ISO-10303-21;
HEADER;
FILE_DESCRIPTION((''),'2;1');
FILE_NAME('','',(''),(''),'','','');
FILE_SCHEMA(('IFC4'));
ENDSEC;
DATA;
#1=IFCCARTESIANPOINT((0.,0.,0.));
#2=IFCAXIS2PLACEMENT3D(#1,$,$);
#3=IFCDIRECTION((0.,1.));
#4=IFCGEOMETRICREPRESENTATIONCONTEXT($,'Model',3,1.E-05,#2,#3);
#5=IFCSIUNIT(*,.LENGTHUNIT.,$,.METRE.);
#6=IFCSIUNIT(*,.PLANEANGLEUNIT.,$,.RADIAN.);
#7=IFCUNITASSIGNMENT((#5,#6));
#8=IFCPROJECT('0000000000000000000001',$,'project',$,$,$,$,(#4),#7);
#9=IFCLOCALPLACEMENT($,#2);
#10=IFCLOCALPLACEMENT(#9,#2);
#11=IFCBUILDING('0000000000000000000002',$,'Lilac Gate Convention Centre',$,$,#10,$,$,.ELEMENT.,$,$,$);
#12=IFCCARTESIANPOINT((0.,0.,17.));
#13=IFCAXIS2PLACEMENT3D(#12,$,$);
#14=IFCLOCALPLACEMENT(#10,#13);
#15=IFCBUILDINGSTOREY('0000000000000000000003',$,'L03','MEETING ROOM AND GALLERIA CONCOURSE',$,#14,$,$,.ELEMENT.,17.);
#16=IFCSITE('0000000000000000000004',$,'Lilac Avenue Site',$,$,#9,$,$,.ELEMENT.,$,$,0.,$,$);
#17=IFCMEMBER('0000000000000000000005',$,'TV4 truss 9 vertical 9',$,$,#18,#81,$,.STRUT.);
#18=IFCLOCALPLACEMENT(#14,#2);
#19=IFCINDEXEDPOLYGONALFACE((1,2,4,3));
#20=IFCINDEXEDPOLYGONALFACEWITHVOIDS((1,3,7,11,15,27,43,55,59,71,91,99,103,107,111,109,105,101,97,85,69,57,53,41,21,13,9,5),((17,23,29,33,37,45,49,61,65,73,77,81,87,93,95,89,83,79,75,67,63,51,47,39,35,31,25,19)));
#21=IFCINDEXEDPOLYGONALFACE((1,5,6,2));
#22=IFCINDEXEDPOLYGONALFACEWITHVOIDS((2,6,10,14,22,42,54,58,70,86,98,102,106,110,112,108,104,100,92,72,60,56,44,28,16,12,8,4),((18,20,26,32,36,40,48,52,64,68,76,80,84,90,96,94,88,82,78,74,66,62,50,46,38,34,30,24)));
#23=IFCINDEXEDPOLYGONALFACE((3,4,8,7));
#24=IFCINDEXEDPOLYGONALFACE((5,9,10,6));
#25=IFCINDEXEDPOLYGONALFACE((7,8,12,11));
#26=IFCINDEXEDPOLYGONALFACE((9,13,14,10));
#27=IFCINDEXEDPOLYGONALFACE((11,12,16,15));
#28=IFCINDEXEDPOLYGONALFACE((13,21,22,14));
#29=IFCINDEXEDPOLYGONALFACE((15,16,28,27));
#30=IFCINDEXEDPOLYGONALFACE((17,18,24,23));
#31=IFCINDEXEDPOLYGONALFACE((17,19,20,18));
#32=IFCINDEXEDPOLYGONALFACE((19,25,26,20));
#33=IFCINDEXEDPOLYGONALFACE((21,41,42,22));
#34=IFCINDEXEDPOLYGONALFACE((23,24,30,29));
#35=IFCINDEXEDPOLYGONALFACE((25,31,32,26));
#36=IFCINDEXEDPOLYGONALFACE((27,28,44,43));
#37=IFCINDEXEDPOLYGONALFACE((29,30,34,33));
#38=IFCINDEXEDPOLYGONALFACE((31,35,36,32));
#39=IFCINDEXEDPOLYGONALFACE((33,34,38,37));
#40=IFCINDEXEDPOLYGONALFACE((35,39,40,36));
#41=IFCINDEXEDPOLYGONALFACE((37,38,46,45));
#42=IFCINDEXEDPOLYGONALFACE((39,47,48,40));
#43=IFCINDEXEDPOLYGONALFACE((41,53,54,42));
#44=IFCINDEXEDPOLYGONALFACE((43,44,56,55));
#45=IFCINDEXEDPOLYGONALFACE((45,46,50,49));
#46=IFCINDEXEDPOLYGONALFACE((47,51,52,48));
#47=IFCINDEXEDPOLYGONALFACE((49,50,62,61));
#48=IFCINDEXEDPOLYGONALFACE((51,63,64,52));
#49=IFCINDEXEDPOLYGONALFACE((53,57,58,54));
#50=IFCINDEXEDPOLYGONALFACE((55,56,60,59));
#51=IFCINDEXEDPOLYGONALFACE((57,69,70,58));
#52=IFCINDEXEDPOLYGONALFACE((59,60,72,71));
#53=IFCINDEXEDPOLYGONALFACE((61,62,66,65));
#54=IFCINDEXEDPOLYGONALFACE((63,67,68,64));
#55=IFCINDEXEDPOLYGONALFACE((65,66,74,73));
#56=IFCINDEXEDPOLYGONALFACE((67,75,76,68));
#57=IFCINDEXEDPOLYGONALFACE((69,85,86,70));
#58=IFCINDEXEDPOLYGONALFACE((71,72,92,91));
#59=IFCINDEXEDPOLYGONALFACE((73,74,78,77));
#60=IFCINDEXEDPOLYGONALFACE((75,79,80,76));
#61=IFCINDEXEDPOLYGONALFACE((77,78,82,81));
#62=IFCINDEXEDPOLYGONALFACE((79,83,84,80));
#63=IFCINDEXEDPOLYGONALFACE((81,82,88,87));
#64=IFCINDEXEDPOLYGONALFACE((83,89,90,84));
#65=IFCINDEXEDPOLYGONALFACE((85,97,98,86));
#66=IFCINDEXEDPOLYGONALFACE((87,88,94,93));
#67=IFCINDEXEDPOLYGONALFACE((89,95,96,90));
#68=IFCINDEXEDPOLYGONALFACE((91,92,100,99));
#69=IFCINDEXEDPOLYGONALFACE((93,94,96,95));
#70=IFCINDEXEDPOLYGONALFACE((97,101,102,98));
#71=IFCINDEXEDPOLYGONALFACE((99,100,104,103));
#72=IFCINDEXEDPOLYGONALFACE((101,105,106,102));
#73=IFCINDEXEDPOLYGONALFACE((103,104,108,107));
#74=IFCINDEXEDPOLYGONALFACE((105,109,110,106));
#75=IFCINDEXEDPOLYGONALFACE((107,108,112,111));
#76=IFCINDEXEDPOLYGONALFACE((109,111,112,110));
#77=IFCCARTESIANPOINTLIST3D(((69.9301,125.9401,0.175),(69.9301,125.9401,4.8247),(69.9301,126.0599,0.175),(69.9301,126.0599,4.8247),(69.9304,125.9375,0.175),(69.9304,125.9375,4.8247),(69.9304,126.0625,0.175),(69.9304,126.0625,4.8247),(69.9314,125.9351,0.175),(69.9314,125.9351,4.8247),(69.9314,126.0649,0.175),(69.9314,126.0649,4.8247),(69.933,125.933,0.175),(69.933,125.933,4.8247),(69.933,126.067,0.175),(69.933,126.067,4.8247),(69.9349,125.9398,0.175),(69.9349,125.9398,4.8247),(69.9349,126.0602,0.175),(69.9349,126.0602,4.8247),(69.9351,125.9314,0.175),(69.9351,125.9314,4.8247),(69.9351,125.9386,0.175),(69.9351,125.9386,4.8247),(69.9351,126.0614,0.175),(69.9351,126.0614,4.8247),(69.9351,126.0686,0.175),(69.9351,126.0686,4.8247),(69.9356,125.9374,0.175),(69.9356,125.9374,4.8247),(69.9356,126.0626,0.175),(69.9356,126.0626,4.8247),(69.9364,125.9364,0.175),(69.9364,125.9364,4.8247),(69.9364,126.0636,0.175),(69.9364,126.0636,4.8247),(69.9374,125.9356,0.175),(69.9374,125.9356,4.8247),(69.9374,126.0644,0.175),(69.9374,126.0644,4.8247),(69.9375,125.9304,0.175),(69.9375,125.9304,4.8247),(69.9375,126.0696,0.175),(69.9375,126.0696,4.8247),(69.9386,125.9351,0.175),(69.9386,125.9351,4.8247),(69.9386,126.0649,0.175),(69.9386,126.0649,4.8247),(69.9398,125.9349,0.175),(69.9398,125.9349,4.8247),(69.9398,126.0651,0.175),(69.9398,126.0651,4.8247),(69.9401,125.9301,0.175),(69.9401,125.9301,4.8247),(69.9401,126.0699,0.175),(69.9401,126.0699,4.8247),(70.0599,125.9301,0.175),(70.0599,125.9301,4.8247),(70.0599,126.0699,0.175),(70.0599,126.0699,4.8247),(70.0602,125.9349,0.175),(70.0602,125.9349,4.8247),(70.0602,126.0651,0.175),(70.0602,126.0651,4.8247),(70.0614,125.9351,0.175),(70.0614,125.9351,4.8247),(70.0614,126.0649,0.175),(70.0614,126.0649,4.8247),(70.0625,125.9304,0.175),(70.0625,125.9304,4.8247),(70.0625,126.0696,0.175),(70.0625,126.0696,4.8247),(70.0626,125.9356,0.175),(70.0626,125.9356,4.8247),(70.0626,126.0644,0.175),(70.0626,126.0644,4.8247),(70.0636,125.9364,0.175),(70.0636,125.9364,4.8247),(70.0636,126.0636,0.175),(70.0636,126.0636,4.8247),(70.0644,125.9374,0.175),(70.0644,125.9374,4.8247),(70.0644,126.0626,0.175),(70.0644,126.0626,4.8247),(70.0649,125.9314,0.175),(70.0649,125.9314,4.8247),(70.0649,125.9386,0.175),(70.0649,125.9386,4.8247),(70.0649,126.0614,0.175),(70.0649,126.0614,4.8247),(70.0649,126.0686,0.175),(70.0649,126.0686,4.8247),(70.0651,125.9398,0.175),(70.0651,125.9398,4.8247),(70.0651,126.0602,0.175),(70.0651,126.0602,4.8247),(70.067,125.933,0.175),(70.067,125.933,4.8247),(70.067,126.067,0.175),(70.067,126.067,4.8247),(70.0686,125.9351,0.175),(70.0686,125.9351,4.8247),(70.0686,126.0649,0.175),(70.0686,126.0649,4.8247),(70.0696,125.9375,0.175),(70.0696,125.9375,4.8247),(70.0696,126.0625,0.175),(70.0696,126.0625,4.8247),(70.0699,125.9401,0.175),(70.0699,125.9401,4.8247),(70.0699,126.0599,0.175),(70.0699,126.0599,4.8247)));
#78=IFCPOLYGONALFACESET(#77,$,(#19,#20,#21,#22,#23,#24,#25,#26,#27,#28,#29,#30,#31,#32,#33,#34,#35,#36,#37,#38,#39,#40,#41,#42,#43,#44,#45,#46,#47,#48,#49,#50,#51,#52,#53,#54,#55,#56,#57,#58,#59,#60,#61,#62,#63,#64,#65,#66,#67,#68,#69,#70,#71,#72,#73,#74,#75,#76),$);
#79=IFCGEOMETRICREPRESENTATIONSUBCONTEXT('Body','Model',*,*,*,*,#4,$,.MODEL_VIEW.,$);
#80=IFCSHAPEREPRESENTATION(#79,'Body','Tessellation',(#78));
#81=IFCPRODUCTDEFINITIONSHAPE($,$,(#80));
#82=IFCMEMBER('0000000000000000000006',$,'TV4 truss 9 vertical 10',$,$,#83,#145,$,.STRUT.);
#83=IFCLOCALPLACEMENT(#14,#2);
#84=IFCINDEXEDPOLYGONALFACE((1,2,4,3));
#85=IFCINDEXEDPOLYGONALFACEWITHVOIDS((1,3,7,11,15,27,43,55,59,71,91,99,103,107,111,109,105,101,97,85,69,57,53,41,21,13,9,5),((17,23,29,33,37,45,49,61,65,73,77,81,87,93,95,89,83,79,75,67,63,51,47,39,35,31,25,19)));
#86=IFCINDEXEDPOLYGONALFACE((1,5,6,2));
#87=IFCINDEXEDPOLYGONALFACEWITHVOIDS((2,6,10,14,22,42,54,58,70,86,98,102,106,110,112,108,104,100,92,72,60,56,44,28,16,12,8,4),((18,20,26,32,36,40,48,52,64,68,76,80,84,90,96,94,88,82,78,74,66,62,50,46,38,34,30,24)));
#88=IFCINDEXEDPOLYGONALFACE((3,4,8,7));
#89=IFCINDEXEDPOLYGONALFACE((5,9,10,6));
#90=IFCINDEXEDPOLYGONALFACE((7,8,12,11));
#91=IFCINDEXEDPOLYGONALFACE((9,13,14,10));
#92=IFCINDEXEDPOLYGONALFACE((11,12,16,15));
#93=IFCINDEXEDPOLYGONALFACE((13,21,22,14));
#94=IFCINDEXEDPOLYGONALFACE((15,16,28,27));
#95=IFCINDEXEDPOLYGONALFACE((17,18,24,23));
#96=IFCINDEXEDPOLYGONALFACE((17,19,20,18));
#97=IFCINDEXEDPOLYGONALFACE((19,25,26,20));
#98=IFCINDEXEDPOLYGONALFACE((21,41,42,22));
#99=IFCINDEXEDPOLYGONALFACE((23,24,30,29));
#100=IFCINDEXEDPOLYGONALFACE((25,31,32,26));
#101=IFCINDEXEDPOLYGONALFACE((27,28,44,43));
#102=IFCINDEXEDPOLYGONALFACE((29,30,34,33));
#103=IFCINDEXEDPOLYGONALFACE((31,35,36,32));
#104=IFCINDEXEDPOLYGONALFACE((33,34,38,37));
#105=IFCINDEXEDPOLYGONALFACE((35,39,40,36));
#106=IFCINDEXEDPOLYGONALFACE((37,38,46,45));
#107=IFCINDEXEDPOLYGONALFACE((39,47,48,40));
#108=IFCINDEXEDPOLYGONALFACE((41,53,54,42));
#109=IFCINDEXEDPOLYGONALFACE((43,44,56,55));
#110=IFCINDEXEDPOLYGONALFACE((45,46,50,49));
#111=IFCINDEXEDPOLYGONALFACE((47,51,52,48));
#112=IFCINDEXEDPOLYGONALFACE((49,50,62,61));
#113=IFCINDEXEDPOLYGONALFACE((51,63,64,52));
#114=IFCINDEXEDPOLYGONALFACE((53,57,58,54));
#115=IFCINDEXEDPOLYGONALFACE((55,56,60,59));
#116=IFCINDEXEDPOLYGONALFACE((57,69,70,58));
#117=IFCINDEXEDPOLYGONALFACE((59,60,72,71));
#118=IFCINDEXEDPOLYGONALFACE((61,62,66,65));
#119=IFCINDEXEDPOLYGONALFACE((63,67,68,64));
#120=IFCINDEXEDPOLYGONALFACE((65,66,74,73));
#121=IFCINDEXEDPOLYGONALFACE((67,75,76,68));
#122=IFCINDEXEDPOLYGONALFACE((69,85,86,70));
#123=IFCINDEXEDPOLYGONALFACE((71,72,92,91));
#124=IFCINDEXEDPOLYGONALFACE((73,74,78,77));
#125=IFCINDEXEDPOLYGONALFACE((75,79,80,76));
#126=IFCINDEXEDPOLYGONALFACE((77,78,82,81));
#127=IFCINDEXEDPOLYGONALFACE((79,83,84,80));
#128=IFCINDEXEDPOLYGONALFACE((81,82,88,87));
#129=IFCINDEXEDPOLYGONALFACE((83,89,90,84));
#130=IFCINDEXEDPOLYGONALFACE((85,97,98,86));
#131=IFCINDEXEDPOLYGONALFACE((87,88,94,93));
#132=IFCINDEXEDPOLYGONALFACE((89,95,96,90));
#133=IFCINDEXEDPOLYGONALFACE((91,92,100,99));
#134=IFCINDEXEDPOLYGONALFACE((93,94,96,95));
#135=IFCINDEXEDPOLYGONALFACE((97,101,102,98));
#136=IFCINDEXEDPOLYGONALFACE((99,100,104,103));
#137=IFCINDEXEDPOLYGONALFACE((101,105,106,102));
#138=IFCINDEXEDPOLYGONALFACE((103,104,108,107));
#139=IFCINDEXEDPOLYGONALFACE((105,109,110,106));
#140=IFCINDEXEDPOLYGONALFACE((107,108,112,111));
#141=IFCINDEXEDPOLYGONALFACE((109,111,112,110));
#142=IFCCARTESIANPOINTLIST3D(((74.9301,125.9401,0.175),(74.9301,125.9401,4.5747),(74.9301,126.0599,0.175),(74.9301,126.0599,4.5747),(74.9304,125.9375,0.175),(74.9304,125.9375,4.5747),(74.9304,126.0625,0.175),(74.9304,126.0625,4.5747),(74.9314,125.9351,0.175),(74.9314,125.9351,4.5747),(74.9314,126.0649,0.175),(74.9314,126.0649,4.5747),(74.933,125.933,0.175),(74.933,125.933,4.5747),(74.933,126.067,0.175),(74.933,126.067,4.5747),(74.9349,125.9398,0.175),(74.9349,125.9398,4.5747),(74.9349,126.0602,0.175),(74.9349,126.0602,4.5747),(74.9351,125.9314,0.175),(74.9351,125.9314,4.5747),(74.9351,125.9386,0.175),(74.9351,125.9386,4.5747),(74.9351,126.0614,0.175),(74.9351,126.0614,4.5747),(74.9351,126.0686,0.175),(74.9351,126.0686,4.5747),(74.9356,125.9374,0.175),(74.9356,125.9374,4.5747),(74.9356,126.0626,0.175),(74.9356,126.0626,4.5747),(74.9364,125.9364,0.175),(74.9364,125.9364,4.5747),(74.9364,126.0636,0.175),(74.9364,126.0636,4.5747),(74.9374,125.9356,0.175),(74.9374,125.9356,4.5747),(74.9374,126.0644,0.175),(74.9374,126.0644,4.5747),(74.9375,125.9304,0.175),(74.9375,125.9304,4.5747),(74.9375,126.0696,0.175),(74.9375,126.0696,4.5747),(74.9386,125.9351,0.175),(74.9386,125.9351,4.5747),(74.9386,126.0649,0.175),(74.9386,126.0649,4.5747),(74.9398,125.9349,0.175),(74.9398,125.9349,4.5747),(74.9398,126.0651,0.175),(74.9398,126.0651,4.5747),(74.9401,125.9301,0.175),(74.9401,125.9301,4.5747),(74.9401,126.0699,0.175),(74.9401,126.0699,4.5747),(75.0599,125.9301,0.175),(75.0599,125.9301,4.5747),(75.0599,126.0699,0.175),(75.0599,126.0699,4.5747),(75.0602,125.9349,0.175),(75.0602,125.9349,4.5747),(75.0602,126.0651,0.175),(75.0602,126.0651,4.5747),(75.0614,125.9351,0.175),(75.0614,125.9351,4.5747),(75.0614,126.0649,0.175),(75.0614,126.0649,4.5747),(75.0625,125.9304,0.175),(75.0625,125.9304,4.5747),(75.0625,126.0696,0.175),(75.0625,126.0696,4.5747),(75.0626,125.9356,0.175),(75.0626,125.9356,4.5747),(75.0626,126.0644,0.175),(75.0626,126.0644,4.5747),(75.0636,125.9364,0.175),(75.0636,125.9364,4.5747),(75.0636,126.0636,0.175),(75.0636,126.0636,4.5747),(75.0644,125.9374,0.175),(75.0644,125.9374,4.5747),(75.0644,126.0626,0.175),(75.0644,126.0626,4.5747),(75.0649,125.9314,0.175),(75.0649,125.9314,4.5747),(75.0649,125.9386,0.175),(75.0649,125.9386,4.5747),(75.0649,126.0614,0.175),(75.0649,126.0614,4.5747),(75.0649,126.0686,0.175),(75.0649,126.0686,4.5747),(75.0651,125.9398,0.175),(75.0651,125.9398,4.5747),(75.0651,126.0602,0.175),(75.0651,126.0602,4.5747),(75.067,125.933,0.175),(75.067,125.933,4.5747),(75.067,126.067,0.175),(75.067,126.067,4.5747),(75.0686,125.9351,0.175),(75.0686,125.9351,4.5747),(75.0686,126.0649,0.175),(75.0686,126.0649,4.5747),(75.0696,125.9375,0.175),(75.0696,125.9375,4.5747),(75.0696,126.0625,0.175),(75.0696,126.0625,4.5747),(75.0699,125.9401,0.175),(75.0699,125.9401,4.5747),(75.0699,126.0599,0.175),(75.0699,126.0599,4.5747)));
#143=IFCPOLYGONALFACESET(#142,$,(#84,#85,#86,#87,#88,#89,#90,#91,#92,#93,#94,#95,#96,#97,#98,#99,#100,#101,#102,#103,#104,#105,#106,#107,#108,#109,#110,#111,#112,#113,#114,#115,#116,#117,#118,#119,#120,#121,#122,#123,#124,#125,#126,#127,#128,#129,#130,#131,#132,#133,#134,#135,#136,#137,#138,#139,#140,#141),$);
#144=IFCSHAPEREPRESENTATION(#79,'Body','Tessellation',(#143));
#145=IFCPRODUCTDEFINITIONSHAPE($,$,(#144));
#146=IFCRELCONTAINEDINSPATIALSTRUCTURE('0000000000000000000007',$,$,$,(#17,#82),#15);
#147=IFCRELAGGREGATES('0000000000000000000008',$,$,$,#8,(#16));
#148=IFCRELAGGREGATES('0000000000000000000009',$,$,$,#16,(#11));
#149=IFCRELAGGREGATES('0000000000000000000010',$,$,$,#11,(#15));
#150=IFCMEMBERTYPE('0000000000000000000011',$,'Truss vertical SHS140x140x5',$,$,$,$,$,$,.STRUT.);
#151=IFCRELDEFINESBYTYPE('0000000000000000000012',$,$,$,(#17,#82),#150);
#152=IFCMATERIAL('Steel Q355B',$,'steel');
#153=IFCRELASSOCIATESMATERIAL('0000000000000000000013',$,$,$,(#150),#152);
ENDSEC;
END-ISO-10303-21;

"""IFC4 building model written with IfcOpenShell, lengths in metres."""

from ifc_helpers import new_model, si_unit, direction, frame, origin, origin_2d, place, context, subcontext, project, spatial, hollow_rectangle, extrude, material, material_profile, profile_set, type_object, element, save


model = new_model("IFC4")

# Units and contexts
model_context = context("Model", 3, precision=1e-05, world=origin(), true_north=direction((0.0, 1.0)))
body_context = subcontext(model_context, "Body", "Model", "MODEL_VIEW")
ifc_project = project(units=[si_unit("LENGTHUNIT", "METRE"), si_unit("PLANEANGLEUNIT", "RADIAN")], contexts=[model_context])

# Site, building, storey
site_placement = place(None, origin())
site = spatial("IfcSite", under=ifc_project, at=site_placement, Name="Lilac Avenue Site", CompositionType="ELEMENT", RefElevation=0.0)
building_placement = place(site_placement, origin())
building = spatial("IfcBuilding", under=site, at=building_placement, Name="Lilac Gate Convention Centre", CompositionType="ELEMENT")
storey_placement = place(building_placement, frame((0.0, 0.0, 17.0)))
storey = spatial("IfcBuildingStorey", under=building, at=storey_placement, Name="L03", Description="MEETING ROOM AND GALLERIA CONCOURSE", CompositionType="ELEMENT", Elevation=17.0)

# Members
ifc_material = material(Name="Steel Q355B", Category="steel")
ifc_material_profile_1 = material_profile(ifc_material, hollow_rectangle(XDim=0.1399, YDim=0.1399, WallThickness=0.0049, InnerFilletRadius=0.0049, OuterFilletRadius=0.01, at=origin_2d()), Name="SHS140x140x5")
ifc_profile_set_1 = profile_set([ifc_material_profile_1], Name="Steel Q355B")
member_type_1 = type_object("IfcMemberType", Name="Truss vertical SHS140x140x5", PredefinedType="STRUT", material=ifc_profile_set_1)
member_1_placement = place(storey_placement, frame((70.0, 126.0, 0.175), z_axis=(0.0, 0.0, 1.0), x_axis=(1.0, 0.0, 0.0)))
element("IfcMember", 1, at=member_1_placement, inside=storey, type_object=member_type_1, Name="TV4 truss 9 vertical 9", PredefinedType="STRUT", context=body_context, shape_type="SweptSolid", body=[
    extrude(hollow_rectangle(XDim=0.1399, YDim=0.1399, WallThickness=0.0049, InnerFilletRadius=0.0049, OuterFilletRadius=0.01, at=origin_2d()), origin(), (0.0, 0.0, 1.0), 4.6497),
])
for number, where, z_axis, x_axis, name in (
    (2, (75.0, 126.0, 0.175), (0.0, 0.0, 1.0), (1.0, 0.0, 0.0), "TV4 truss 9 vertical 10"),
):
    element("IfcMember", number, at=place(storey_placement, frame(where, z_axis=z_axis, x_axis=x_axis)), inside=storey, type_object=member_type_1, Name=name, PredefinedType="STRUT", context=body_context, shape_type="SweptSolid", body=[
        extrude(hollow_rectangle(XDim=0.1399, YDim=0.1399, WallThickness=0.0049, InnerFilletRadius=0.0049, OuterFilletRadius=0.01, at=origin_2d()), origin(), (0.0, 0.0, 1.0), 4.3997),
    ])

save(model, "model.ifc")
